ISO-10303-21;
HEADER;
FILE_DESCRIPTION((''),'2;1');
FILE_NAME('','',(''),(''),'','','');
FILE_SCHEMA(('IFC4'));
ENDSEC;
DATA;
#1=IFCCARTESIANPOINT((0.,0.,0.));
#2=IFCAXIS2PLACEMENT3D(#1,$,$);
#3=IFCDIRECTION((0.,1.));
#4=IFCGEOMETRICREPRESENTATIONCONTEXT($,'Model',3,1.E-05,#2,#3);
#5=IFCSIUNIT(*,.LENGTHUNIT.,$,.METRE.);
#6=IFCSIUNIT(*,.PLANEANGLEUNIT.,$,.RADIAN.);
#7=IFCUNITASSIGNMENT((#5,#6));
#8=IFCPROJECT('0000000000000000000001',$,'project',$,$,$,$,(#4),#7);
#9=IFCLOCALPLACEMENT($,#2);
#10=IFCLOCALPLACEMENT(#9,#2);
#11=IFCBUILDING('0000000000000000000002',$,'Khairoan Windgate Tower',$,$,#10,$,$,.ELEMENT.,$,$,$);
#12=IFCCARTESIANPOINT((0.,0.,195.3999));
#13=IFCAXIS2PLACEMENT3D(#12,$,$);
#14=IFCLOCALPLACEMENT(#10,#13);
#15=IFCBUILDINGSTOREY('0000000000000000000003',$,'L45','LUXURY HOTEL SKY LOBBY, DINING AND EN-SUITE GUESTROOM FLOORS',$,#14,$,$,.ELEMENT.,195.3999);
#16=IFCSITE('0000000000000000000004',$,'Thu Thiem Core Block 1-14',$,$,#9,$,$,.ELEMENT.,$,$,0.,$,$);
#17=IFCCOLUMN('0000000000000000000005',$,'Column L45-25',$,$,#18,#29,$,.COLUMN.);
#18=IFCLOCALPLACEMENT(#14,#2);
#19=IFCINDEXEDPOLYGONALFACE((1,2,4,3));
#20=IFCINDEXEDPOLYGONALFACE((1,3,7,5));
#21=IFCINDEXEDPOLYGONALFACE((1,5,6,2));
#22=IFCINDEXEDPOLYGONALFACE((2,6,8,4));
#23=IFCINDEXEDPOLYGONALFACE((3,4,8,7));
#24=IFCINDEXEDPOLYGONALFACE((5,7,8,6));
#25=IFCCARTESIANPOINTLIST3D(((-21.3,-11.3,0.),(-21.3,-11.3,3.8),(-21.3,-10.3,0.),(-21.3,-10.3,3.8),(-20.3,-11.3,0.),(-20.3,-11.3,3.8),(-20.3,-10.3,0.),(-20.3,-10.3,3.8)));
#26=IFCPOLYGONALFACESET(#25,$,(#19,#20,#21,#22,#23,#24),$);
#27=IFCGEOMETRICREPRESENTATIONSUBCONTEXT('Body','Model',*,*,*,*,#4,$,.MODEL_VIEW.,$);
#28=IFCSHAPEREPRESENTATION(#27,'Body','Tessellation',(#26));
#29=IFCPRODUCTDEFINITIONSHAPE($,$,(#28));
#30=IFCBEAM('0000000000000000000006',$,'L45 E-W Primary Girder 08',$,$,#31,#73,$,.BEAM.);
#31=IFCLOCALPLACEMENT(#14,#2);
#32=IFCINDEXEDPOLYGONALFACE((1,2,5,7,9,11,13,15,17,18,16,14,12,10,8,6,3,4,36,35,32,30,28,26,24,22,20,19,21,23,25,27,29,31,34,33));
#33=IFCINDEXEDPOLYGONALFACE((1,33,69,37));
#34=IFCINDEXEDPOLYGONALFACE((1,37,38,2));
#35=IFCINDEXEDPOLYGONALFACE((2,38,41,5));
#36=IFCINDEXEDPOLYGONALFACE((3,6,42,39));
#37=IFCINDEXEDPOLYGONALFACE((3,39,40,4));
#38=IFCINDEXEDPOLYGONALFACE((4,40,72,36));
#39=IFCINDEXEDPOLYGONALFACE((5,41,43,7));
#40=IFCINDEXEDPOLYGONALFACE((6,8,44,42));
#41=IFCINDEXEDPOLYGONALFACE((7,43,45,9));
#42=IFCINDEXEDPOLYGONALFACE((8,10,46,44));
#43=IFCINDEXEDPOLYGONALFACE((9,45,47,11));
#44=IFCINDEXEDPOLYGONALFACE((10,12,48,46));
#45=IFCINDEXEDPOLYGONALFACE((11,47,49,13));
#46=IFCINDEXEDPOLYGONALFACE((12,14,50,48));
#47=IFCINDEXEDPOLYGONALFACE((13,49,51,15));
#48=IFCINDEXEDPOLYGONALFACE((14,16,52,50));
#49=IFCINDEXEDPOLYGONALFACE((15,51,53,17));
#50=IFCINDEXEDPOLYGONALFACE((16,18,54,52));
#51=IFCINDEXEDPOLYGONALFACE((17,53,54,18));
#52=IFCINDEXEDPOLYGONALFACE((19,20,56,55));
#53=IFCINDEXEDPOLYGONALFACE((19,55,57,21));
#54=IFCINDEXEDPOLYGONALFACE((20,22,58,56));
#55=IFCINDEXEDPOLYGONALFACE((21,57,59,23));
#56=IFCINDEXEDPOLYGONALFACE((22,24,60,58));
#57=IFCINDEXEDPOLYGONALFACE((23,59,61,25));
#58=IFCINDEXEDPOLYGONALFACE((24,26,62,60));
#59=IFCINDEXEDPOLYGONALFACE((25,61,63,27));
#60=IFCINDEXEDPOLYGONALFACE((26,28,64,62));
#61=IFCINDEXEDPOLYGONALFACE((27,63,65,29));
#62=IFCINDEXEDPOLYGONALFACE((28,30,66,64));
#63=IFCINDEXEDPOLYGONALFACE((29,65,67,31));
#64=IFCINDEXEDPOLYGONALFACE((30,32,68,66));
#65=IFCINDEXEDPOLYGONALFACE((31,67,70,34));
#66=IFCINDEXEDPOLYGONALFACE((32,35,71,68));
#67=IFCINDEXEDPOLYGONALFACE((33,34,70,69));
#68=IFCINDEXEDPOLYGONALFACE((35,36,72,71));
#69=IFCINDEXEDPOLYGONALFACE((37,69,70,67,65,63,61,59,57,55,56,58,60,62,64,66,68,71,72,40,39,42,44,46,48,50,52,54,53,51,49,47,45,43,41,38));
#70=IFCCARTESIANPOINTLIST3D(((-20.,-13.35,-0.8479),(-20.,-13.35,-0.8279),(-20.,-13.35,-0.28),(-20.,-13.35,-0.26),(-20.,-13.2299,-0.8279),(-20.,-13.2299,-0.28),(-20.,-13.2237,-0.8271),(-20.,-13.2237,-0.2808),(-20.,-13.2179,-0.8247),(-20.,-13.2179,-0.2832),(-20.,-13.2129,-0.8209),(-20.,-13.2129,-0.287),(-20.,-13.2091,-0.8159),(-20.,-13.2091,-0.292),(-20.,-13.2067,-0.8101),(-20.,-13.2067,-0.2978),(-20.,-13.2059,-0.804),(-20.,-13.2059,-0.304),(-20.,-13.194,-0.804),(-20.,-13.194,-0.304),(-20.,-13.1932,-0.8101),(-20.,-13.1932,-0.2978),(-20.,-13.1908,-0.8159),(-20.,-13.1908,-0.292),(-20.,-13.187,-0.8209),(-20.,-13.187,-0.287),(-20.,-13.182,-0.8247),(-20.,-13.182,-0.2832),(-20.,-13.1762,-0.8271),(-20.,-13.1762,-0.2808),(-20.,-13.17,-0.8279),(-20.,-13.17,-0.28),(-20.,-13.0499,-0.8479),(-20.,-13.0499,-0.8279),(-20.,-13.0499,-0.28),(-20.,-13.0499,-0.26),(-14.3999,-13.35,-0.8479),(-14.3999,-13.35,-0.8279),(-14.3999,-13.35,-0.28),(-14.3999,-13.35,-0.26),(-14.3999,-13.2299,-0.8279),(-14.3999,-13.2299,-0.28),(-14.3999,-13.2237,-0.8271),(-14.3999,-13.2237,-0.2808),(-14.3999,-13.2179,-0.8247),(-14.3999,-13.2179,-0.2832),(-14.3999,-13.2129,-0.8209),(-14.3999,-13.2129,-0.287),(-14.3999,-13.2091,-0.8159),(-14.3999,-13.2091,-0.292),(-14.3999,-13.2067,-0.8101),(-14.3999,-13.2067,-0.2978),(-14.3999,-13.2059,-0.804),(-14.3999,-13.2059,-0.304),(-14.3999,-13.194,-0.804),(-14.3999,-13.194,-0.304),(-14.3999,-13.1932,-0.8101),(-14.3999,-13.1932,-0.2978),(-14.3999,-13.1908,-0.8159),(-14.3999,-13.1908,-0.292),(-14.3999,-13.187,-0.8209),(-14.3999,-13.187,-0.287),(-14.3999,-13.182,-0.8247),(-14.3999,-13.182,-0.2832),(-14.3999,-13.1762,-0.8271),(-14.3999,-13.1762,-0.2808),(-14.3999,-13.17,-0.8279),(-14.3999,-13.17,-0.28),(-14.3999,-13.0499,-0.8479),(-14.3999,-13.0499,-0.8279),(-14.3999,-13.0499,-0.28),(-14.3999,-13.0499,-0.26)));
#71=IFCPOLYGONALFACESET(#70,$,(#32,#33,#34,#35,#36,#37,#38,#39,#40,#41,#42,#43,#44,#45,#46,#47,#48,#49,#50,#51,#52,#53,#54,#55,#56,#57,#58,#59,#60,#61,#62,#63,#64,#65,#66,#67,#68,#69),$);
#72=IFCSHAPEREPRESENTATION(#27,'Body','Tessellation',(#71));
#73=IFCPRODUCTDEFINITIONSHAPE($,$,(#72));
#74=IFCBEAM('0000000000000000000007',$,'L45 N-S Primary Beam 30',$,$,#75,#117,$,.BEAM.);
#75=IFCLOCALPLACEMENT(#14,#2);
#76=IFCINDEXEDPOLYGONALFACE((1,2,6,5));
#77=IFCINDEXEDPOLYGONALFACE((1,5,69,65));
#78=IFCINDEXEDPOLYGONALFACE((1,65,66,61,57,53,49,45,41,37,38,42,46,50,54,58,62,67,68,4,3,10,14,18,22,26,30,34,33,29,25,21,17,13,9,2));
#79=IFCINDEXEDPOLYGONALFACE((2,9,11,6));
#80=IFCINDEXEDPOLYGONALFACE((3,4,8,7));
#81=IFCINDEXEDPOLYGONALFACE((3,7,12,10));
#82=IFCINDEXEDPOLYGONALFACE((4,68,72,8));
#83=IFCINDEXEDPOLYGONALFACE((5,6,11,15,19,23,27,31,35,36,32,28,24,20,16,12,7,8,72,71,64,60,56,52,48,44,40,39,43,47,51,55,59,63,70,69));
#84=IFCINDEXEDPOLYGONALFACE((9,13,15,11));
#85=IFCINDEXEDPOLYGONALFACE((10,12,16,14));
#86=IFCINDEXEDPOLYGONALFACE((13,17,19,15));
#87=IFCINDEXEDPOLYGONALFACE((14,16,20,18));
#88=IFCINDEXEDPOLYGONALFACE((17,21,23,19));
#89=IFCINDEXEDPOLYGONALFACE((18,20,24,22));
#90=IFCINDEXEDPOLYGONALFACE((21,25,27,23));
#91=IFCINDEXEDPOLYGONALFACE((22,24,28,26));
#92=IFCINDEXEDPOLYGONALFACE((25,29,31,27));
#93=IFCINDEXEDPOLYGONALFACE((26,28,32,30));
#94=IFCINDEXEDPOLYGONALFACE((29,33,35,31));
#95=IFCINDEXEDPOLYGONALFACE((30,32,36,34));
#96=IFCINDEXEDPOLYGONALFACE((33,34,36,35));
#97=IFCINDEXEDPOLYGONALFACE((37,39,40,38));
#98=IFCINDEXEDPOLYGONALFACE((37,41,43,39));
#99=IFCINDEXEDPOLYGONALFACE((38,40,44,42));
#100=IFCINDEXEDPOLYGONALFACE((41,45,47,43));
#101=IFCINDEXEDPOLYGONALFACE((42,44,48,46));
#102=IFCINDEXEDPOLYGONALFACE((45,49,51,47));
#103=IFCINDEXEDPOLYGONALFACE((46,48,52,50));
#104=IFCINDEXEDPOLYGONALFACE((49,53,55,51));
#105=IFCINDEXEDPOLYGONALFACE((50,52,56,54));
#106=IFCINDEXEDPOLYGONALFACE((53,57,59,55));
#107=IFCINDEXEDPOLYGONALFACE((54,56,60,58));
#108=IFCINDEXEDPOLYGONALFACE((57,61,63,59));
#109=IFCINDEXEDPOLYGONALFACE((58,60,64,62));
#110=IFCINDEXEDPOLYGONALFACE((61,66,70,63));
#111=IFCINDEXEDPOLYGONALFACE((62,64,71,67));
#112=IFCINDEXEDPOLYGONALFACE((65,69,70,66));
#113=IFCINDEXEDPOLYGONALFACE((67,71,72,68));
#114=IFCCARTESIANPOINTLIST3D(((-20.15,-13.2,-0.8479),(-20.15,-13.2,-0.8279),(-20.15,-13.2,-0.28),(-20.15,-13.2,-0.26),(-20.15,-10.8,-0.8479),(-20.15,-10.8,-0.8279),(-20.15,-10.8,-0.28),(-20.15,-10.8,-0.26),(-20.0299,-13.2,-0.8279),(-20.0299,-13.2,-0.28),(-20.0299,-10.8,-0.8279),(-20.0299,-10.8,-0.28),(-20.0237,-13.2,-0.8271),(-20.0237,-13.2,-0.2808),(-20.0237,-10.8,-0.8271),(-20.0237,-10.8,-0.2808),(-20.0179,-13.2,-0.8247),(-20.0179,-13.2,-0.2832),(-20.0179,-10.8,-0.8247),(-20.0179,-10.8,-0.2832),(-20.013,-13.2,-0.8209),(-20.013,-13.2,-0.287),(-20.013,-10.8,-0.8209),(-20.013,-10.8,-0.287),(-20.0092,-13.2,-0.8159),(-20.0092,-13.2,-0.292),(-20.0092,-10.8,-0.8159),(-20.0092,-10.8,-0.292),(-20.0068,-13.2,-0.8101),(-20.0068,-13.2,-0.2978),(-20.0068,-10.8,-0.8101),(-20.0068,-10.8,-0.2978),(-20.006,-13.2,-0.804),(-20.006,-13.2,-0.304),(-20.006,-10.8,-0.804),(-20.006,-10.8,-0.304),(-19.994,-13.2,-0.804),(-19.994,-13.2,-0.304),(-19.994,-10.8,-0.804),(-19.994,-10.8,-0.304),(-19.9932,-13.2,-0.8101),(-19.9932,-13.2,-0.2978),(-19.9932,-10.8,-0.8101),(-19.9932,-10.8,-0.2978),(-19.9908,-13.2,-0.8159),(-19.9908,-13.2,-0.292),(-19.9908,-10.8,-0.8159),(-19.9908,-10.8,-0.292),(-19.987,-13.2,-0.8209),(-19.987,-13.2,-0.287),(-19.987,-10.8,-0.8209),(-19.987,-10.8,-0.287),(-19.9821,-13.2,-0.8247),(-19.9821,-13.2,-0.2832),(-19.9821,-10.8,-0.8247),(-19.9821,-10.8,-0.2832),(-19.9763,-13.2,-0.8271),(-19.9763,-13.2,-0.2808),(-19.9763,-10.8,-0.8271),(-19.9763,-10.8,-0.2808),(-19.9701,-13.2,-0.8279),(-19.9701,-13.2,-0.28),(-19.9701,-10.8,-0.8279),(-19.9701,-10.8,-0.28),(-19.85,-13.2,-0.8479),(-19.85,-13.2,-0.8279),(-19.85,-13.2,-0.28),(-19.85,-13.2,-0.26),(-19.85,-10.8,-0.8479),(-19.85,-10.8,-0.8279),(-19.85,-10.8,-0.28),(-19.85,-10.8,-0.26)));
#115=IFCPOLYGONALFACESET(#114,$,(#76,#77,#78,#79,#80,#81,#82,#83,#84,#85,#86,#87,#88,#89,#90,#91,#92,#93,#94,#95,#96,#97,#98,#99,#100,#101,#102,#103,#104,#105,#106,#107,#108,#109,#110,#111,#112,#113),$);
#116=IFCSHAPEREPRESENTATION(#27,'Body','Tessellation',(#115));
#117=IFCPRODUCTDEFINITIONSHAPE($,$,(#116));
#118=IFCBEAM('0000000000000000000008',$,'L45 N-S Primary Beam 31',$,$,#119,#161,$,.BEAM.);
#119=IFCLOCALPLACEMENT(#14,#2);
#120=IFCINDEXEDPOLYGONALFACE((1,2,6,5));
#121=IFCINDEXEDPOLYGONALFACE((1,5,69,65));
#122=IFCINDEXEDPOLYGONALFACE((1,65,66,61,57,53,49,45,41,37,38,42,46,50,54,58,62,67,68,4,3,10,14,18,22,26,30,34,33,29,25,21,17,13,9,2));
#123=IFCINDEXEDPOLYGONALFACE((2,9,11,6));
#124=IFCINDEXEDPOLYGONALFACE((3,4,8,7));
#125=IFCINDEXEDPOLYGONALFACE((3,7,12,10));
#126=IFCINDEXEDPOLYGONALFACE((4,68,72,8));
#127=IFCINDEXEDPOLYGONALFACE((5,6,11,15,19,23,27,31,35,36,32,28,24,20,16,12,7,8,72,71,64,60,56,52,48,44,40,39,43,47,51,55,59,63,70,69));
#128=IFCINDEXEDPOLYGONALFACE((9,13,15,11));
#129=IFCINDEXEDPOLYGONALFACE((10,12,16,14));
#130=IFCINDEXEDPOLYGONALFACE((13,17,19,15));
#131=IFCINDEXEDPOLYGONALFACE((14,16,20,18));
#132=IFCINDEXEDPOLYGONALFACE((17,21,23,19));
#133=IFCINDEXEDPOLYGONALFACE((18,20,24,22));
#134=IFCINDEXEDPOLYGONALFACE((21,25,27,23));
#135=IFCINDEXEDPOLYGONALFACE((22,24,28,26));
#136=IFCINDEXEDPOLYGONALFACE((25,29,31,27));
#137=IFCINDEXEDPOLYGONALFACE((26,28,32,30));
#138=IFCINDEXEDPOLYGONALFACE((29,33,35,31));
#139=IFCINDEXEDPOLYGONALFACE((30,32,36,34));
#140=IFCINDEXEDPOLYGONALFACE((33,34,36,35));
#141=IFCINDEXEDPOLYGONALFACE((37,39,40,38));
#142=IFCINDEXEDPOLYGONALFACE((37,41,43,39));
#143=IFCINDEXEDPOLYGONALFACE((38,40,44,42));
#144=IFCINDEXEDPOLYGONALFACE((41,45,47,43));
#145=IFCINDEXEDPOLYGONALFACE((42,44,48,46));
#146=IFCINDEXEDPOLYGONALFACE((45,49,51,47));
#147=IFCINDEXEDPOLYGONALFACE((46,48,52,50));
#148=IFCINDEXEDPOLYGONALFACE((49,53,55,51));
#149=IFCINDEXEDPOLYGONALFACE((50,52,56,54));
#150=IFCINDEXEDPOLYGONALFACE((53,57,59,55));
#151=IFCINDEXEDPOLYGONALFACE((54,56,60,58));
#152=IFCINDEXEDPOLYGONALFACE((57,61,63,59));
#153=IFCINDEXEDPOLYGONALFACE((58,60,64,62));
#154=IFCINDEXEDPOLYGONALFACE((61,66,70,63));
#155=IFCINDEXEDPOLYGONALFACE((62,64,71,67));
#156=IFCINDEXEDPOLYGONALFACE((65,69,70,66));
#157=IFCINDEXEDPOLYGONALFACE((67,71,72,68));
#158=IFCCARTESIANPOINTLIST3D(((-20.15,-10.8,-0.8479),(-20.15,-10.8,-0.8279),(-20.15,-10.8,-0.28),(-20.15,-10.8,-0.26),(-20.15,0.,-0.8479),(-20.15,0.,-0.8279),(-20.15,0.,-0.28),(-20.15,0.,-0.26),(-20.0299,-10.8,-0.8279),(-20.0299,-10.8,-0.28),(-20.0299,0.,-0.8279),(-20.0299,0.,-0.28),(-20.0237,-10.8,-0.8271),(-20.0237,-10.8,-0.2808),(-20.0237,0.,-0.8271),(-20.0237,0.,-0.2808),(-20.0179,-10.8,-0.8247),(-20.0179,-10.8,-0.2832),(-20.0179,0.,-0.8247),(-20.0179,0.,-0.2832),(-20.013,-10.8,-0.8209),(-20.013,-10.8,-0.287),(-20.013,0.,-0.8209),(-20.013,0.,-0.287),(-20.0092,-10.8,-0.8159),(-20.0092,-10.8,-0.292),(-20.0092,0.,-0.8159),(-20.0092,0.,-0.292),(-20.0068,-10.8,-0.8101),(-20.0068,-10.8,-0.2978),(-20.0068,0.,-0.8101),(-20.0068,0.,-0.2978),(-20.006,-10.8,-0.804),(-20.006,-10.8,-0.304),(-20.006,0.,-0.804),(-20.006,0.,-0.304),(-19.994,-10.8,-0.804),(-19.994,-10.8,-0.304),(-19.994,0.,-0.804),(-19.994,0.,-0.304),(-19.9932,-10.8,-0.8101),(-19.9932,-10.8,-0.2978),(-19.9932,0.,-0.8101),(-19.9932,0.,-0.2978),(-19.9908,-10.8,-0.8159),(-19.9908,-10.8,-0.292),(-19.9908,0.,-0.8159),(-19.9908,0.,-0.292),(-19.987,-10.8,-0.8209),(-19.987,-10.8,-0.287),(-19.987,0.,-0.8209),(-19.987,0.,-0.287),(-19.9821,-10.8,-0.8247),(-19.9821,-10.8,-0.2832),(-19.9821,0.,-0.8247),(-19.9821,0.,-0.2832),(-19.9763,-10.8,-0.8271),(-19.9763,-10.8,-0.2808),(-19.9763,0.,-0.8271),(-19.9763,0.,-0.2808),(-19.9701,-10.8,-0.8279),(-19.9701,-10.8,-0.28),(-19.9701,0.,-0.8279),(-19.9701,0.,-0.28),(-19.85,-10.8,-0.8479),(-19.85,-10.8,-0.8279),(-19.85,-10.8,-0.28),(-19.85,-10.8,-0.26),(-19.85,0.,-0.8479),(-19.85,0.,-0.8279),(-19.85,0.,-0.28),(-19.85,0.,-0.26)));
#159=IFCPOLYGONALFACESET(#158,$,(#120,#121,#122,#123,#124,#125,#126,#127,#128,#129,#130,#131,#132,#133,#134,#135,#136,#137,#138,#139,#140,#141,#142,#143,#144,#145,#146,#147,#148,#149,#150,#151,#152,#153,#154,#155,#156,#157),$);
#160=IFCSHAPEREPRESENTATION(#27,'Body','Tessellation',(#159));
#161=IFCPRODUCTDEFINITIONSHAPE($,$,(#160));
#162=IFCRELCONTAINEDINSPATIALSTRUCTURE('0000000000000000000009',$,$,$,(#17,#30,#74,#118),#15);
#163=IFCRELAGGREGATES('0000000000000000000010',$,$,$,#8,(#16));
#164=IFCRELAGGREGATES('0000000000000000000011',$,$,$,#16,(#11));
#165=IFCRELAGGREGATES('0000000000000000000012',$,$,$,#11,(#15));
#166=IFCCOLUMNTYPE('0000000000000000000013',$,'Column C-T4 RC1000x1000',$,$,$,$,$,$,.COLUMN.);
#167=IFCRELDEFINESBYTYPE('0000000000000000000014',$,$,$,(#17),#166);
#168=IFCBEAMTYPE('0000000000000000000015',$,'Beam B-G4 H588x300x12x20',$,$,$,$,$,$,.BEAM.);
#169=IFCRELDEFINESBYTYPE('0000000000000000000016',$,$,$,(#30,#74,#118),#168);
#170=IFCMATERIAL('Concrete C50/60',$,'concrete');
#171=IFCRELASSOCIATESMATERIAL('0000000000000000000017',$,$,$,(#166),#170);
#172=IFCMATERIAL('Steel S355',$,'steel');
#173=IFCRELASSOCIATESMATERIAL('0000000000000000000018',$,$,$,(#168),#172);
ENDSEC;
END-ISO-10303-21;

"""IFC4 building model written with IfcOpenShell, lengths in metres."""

from ifc_helpers import new_model, si_unit, direction, frame, origin, origin_2d, place, context, subcontext, project, spatial, rectangle, i_section, extrude, material, material_profile, profile_set, type_object, element, save


model = new_model("IFC4")

# Units and contexts
model_context = context("Model", 3, precision=1e-05, world=origin(), true_north=direction((0.0, 1.0)))
body_context = subcontext(model_context, "Body", "Model", "MODEL_VIEW")
ifc_project = project(units=[si_unit("LENGTHUNIT", "METRE"), si_unit("PLANEANGLEUNIT", "RADIAN")], contexts=[model_context])

# Site, building, storey
site_placement = place(None, origin())
site = spatial("IfcSite", under=ifc_project, at=site_placement, Name="Thu Thiem Core Block 1-14", CompositionType="ELEMENT", RefElevation=0.0)
building_placement = place(site_placement, origin())
building = spatial("IfcBuilding", under=site, at=building_placement, Name="Khairoan Windgate Tower", CompositionType="ELEMENT")
storey_placement = place(building_placement, frame((0.0, 0.0, 195.3999)))
storey = spatial("IfcBuildingStorey", under=building, at=storey_placement, Name="L45", Description="LUXURY HOTEL SKY LOBBY, DINING AND EN-SUITE GUESTROOM FLOORS", CompositionType="ELEMENT", Elevation=195.3999)

# Column
ifc_material_1 = material(Name="Concrete C50/60", Category="concrete")
ifc_material_profile_1 = material_profile(ifc_material_1, rectangle(XDim=1.0, YDim=1.0, at=origin_2d()))
ifc_profile_set_1 = profile_set([ifc_material_profile_1], Name="Concrete C50/60")
column_type = type_object("IfcColumnType", Name="Column C-T4 RC1000x1000", PredefinedType="COLUMN", material=ifc_profile_set_1)
column_placement = place(storey_placement, frame((-20.8, -10.8, 0.0), z_axis=(0.0, 0.0, 1.0), x_axis=(1.0, 0.0, 0.0)))
element("IfcColumn", 1, at=column_placement, inside=storey, type_object=column_type, Name="Column L45-25", PredefinedType="COLUMN", context=body_context, shape_type="SweptSolid", body=[
    extrude(rectangle(XDim=1.0, YDim=1.0, at=origin_2d()), origin(), (0.0, 0.0, 1.0), 3.8),
])

# Beams
ifc_material_2 = material(Name="Steel S355", Category="steel")
ifc_material_profile_2 = material_profile(ifc_material_2, i_section(OverallWidth=0.3, OverallDepth=0.5879, WebThickness=0.012, FlangeThickness=0.02, FilletRadius=0.0239, at=origin_2d()))
ifc_profile_set_2 = profile_set([ifc_material_profile_2], Name="Steel S355")
beam_type_1 = type_object("IfcBeamType", Name="Beam B-G4 H588x300x12x20", PredefinedType="BEAM", material=ifc_profile_set_2)
beam_1_placement = place(storey_placement, frame((-20.0, -13.2, -0.554), z_axis=(1.0, 0.0, 0.0), x_axis=(0.0, 1.0, 0.0)))
element("IfcBeam", 2, at=beam_1_placement, inside=storey, type_object=beam_type_1, Name="L45 E-W Primary Girder 08", PredefinedType="BEAM", context=body_context, shape_type="SweptSolid", body=[
    extrude(i_section(OverallWidth=0.3, OverallDepth=0.5879, WebThickness=0.012, FlangeThickness=0.02, FilletRadius=0.0239, at=origin_2d()), origin(), (0.0, 0.0, 1.0), 5.6001),
])
beam_2_placement = place(storey_placement, frame((-20.0, -13.2, -0.554), z_axis=(0.0, 1.0, 0.0), x_axis=(-1.0, 0.0, 0.0)))
element("IfcBeam", 3, at=beam_2_placement, inside=storey, type_object=beam_type_1, Name="L45 N-S Primary Beam 30", PredefinedType="BEAM", context=body_context, shape_type="SweptSolid", body=[
    extrude(i_section(OverallWidth=0.3, OverallDepth=0.5879, WebThickness=0.012, FlangeThickness=0.02, FilletRadius=0.0239, at=origin_2d()), origin(), (0.0, 0.0, 1.0), 2.3999),
])
beam_3_placement = place(storey_placement, frame((-20.0, -10.8, -0.554), z_axis=(0.0, 1.0, 0.0), x_axis=(-1.0, 0.0, 0.0)))
element("IfcBeam", 4, at=beam_3_placement, inside=storey, type_object=beam_type_1, Name="L45 N-S Primary Beam 31", PredefinedType="BEAM", context=body_context, shape_type="SweptSolid", body=[
    extrude(i_section(OverallWidth=0.3, OverallDepth=0.5879, WebThickness=0.012, FlangeThickness=0.02, FilletRadius=0.0239, at=origin_2d()), origin(), (0.0, 0.0, 1.0), 10.8),
])

save(model, "model.ifc")
